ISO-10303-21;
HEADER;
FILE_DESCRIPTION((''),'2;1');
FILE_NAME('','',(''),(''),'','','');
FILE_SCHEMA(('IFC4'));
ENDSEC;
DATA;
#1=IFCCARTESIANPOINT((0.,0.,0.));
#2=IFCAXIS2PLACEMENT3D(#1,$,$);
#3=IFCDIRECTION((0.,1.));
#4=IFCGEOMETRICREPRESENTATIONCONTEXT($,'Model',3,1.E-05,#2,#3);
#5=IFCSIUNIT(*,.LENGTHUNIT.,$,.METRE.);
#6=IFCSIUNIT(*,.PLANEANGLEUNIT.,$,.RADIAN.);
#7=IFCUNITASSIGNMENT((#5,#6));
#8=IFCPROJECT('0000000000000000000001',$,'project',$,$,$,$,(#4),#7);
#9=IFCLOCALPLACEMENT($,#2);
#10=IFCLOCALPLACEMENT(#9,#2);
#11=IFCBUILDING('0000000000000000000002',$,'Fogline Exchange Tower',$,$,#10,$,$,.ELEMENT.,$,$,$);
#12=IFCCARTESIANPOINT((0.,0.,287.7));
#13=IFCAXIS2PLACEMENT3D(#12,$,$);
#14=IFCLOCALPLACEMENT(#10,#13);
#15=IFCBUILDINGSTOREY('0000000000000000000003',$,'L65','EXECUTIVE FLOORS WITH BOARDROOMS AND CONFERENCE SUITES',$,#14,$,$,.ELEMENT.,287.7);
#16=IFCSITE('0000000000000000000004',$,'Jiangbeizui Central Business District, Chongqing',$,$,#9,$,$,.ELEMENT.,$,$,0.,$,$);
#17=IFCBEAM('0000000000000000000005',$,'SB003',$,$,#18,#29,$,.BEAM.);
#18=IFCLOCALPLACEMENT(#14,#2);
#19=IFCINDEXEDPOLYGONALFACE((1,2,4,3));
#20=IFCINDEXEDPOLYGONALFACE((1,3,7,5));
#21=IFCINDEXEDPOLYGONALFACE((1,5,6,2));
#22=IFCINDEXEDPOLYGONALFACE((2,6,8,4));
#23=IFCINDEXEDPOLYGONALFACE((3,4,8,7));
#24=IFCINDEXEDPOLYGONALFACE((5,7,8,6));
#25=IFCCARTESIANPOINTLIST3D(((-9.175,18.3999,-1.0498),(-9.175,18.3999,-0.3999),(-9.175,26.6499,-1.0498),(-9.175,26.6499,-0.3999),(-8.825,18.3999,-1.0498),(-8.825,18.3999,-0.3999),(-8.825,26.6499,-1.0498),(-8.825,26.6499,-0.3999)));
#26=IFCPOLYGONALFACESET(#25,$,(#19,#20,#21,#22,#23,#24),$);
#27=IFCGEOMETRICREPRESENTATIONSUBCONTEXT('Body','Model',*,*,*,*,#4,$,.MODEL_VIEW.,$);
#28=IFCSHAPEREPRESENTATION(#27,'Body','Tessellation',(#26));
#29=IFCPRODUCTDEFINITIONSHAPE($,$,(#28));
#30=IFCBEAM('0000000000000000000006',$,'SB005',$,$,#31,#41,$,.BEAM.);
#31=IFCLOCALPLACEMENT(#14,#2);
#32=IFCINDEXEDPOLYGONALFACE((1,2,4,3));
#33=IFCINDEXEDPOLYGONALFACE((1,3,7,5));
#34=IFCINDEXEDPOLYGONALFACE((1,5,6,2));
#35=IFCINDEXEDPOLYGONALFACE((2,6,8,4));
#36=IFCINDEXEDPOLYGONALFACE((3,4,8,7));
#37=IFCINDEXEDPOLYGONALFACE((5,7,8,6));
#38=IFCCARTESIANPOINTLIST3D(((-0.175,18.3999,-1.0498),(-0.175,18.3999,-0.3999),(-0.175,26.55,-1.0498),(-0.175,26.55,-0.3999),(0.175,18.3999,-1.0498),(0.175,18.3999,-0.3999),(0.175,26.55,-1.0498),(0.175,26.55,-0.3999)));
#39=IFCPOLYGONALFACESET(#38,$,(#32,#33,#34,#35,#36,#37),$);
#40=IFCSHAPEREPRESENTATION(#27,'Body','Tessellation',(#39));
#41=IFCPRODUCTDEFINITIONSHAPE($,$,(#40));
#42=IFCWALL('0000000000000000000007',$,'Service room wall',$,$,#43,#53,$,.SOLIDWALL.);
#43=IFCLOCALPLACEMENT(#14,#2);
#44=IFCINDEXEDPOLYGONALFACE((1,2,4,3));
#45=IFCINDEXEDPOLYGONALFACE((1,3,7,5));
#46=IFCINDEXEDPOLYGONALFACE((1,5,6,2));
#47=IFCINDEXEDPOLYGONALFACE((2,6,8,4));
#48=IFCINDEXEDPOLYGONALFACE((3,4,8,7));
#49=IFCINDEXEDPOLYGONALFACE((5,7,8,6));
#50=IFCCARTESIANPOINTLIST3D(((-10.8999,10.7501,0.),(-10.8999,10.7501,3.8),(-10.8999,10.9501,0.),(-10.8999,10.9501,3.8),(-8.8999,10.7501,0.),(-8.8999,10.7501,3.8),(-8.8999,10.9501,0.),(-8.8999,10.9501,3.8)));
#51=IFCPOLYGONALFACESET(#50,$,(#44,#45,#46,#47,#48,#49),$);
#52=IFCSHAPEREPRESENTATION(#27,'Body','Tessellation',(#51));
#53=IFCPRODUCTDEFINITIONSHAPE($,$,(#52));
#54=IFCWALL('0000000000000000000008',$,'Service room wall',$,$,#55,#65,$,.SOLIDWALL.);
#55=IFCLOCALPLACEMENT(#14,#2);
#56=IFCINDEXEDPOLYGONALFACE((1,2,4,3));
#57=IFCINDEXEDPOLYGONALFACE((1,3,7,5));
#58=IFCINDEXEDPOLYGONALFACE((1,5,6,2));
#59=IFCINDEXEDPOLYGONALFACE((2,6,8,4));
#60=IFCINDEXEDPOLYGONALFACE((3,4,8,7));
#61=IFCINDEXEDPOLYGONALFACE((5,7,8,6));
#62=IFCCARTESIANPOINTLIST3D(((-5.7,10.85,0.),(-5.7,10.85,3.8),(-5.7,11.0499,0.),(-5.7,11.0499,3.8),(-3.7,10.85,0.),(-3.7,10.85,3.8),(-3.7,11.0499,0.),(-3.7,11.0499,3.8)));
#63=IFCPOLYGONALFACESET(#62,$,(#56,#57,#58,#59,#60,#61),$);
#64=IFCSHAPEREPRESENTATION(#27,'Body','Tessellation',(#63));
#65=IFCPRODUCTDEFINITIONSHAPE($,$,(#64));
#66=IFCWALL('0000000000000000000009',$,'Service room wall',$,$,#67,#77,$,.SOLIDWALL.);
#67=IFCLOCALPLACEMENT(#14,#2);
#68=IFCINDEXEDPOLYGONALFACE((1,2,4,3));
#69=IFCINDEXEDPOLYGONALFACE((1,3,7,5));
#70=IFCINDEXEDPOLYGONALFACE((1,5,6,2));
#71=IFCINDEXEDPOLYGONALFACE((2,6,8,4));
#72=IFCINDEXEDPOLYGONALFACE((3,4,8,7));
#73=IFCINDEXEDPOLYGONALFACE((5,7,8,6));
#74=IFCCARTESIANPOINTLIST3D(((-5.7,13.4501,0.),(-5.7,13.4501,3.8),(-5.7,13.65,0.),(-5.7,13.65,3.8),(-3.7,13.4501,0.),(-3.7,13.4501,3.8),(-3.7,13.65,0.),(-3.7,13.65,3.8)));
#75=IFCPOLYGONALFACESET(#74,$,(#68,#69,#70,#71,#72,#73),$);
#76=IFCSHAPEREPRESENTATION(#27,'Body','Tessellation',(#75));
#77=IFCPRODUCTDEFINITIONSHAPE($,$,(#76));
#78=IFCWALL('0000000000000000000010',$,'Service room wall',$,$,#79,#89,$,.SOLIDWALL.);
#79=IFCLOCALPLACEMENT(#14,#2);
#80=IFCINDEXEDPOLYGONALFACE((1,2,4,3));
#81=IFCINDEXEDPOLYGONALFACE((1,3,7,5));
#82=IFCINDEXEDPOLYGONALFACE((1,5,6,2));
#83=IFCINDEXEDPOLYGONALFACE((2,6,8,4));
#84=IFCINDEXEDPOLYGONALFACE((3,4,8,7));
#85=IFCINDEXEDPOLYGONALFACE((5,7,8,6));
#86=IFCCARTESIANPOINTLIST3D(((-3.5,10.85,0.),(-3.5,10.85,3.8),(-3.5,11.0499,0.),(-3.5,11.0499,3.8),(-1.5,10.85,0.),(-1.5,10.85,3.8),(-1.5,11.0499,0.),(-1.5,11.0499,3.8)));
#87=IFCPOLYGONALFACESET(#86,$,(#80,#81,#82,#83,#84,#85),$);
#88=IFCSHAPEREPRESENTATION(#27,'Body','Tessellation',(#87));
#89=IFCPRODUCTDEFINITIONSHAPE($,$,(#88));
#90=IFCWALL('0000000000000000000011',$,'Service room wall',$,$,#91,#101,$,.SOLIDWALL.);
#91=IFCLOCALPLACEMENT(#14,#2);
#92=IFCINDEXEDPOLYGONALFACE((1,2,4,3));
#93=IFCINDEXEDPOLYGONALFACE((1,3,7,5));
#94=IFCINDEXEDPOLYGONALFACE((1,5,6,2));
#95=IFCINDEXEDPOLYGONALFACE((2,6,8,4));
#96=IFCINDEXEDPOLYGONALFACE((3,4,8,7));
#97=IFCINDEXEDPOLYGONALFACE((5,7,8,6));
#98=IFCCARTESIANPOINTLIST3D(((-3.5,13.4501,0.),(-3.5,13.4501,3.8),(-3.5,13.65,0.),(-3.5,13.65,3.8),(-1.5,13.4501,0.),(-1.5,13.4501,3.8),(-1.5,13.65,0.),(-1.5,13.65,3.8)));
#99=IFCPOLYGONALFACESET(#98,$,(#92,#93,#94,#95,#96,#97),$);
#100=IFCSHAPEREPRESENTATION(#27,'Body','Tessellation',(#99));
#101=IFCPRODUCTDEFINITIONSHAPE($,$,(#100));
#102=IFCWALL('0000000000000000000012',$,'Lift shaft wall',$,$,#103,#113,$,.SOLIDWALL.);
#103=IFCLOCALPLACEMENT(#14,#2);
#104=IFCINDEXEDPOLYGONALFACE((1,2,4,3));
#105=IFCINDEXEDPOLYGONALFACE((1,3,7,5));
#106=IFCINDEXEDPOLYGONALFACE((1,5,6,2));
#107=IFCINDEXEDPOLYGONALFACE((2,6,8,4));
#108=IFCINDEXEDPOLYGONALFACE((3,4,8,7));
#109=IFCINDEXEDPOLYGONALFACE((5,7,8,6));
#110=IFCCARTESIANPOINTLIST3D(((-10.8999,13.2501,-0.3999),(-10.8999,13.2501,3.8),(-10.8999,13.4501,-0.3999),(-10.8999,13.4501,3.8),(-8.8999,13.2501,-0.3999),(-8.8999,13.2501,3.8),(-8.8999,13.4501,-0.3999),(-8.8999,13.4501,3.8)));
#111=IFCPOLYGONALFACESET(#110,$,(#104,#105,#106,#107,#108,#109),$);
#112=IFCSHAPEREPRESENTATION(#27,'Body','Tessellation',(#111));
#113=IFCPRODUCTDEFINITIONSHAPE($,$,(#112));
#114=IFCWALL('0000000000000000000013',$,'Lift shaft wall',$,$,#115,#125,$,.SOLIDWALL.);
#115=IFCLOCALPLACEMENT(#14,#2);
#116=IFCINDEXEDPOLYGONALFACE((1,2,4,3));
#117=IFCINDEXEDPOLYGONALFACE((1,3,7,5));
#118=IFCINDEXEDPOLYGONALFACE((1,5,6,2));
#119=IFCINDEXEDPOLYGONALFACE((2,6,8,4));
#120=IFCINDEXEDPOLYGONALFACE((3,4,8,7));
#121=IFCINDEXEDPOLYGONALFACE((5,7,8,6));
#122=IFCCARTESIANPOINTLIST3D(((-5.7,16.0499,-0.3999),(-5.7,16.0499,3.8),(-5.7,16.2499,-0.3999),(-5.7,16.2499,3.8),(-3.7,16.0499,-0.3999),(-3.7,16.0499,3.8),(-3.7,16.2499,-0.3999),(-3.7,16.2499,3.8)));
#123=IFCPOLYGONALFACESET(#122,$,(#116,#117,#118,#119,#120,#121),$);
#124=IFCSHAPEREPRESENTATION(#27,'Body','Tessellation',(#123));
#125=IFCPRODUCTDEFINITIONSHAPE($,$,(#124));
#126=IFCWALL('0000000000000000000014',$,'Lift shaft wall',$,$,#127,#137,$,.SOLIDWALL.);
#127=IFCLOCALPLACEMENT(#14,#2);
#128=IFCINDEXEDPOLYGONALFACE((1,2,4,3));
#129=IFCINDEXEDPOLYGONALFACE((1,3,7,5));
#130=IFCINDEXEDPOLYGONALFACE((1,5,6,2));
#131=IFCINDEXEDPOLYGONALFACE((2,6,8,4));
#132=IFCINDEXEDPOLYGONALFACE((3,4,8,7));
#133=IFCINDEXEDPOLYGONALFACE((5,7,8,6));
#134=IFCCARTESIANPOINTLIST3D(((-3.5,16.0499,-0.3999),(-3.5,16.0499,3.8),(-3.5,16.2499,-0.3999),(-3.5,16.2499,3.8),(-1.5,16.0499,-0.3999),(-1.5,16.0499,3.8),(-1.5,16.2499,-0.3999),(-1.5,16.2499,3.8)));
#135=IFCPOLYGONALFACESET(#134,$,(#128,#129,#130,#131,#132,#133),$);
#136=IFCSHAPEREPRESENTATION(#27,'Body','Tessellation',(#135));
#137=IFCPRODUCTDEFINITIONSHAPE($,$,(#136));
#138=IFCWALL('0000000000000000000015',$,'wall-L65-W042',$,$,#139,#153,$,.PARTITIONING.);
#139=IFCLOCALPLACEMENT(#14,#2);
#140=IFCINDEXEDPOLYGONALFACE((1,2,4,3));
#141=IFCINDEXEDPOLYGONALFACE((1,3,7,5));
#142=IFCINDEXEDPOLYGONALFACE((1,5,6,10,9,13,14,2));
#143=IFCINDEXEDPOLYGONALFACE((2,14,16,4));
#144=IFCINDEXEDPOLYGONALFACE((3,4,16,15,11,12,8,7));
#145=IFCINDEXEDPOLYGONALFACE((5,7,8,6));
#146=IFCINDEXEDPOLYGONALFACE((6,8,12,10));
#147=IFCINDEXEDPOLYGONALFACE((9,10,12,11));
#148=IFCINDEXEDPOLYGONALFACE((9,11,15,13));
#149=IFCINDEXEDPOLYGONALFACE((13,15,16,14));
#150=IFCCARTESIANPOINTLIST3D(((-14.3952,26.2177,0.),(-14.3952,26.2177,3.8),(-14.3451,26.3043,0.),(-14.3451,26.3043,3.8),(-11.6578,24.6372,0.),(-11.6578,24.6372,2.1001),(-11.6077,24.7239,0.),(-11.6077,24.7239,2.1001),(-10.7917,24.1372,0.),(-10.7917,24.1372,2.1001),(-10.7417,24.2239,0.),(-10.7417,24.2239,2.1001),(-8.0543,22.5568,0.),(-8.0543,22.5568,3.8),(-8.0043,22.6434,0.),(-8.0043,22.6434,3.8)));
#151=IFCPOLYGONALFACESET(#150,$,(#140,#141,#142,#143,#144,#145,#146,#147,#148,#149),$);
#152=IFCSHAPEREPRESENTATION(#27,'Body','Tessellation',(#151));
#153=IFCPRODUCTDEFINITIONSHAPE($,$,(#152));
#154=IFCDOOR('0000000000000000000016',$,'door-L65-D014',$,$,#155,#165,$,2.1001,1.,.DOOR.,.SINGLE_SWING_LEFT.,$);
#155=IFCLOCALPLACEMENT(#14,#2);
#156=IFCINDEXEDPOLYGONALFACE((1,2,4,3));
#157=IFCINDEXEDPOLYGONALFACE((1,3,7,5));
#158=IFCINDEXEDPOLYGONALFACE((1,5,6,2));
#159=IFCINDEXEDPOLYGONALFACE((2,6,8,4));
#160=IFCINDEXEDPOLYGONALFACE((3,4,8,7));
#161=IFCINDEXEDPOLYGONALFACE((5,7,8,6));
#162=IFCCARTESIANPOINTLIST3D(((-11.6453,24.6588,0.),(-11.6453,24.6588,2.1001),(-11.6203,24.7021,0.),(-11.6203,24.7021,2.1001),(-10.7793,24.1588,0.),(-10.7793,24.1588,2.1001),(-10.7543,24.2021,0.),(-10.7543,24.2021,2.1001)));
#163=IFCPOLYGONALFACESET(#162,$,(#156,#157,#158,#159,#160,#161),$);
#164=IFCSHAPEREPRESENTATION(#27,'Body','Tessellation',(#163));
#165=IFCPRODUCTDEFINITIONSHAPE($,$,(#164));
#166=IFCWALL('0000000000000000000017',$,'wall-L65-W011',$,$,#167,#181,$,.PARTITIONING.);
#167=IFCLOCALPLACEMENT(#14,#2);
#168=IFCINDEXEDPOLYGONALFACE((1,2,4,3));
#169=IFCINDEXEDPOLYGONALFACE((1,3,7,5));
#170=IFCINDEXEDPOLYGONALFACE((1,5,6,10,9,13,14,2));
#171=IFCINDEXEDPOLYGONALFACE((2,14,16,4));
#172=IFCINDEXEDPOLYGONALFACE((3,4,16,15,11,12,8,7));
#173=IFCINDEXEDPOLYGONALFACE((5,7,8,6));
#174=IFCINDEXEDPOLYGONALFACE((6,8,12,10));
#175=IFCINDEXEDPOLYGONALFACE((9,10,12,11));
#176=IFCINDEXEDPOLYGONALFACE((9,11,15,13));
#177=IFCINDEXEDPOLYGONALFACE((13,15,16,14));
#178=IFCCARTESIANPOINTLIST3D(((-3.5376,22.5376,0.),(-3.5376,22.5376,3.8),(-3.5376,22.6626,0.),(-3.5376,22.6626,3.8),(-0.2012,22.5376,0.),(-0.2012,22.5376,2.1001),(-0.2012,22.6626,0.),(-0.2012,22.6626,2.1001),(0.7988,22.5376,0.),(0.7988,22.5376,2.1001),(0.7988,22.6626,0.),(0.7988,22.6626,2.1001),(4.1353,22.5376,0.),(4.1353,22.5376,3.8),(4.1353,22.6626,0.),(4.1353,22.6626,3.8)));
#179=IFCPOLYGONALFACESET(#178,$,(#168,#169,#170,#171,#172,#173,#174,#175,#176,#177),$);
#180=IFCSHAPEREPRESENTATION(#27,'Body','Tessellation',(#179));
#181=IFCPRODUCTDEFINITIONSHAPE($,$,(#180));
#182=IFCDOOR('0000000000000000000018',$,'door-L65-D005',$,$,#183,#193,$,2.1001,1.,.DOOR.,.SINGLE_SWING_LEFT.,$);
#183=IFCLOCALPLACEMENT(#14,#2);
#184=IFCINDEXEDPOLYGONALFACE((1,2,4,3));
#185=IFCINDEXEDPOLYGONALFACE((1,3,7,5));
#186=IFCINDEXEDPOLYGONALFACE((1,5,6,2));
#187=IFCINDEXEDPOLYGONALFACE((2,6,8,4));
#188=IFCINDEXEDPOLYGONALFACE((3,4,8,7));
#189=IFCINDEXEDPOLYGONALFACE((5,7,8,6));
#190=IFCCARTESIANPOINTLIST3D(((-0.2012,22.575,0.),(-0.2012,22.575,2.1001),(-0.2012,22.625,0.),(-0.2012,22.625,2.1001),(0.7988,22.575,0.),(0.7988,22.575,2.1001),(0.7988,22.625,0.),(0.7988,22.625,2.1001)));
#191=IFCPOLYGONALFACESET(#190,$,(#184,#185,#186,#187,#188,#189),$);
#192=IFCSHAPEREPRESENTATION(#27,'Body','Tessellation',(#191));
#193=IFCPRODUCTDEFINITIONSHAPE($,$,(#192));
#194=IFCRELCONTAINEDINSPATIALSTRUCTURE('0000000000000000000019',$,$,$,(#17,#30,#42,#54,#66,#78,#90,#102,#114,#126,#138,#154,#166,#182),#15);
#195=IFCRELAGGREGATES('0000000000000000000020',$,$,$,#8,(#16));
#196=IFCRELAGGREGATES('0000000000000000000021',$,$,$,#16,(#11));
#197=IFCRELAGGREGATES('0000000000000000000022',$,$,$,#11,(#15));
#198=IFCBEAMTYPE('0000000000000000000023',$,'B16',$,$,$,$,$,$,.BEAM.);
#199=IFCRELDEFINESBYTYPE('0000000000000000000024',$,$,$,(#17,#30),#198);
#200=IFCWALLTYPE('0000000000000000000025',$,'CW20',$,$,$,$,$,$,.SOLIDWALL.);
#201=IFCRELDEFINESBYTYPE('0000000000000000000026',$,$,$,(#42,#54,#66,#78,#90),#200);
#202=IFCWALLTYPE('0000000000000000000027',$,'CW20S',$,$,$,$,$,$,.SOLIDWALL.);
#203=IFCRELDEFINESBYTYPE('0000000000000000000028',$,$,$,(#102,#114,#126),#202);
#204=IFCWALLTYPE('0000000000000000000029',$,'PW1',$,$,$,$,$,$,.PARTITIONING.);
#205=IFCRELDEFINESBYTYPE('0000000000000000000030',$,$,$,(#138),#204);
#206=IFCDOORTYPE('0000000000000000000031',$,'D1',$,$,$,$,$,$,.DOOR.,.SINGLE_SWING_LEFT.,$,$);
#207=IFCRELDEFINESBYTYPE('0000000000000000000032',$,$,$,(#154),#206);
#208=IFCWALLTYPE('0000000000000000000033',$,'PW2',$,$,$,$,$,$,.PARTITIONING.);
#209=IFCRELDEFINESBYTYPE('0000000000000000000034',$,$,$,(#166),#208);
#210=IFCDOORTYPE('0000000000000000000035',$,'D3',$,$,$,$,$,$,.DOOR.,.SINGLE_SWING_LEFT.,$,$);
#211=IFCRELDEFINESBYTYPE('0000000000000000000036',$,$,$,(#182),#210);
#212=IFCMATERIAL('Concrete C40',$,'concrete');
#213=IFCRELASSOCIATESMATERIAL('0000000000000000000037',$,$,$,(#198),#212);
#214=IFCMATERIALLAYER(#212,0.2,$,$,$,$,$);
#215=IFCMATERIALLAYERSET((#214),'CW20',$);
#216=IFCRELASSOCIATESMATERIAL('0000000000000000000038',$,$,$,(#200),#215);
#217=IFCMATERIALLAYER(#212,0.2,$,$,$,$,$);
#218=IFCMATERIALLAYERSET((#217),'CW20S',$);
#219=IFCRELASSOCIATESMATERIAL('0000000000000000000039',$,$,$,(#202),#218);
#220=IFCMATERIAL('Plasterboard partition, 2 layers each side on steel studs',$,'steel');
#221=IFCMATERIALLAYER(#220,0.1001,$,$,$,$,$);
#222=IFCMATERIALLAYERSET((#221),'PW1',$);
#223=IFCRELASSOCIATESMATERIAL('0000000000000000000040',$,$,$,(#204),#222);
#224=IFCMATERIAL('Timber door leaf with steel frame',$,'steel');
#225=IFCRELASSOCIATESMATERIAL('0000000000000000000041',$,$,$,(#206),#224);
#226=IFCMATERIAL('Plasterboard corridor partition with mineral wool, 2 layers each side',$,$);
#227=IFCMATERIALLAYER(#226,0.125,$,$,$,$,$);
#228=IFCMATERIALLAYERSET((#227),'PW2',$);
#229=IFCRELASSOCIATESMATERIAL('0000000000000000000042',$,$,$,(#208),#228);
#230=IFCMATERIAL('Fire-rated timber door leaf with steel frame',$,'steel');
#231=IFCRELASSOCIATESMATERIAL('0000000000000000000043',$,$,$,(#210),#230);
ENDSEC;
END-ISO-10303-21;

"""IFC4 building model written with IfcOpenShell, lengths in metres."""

from ifc_helpers import new_model, si_unit, direction, frame, frame_2d, origin, origin_2d, place, context, subcontext, project, spatial, rectangle, extrude, material, layer, layer_set, material_profile, profile_set, type_object, element, fill, save


model = new_model("IFC4")

# Units and contexts
model_context = context("Model", 3, precision=1e-05, world=origin(), true_north=direction((0.0, 1.0)))
body_context = subcontext(model_context, "Body", "Model", "MODEL_VIEW")
ifc_project = project(units=[si_unit("LENGTHUNIT", "METRE"), si_unit("PLANEANGLEUNIT", "RADIAN")], contexts=[model_context])

# Site, building, storey
site_placement = place(None, origin())
site = spatial("IfcSite", under=ifc_project, at=site_placement, Name="Jiangbeizui Central Business District, Chongqing", CompositionType="ELEMENT", RefElevation=0.0)
building_placement = place(site_placement, origin())
building = spatial("IfcBuilding", under=site, at=building_placement, Name="Fogline Exchange Tower", CompositionType="ELEMENT")
storey_placement = place(building_placement, frame((0.0, 0.0, 287.7)))
storey = spatial("IfcBuildingStorey", under=building, at=storey_placement, Name="L65", Description="EXECUTIVE FLOORS WITH BOARDROOMS AND CONFERENCE SUITES", CompositionType="ELEMENT", Elevation=287.7)

# Beams
ifc_material_1 = material(Name="Concrete C40", Category="concrete")
ifc_material_profile = material_profile(ifc_material_1, rectangle(XDim=0.3501, YDim=0.6499, at=origin_2d()), Name="RC 350x650")
ifc_profile_set = profile_set([ifc_material_profile], Name="Concrete C40")
beam_type = type_object("IfcBeamType", Name="B16", PredefinedType="BEAM", material=ifc_profile_set)
beam_1_placement = place(storey_placement, frame((-9.0, 18.3999, -0.7249), z_axis=(0.0, 1.0, 0.0), x_axis=(-1.0, 0.0, 0.0)))
element("IfcBeam", 1, at=beam_1_placement, inside=storey, type_object=beam_type, Name="SB003", PredefinedType="BEAM", context=body_context, shape_type="SweptSolid", body=[
    extrude(rectangle(XDim=0.3501, YDim=0.6499, at=origin_2d()), origin(), (0.0, 0.0, 1.0), 8.25),
])
beam_2_placement = place(storey_placement, frame((0.0, 18.3999, -0.7249), z_axis=(0.0, 1.0, 0.0), x_axis=(-1.0, 0.0, 0.0)))
element("IfcBeam", 2, at=beam_2_placement, inside=storey, type_object=beam_type, Name="SB005", PredefinedType="BEAM", context=body_context, shape_type="SweptSolid", body=[
    extrude(rectangle(XDim=0.3501, YDim=0.6499, at=origin_2d()), origin(), (0.0, 0.0, 1.0), 8.1501),
])

# Walls
ifc_layer_1 = layer(ifc_material_1, 0.2)
ifc_layer_set_1 = layer_set([ifc_layer_1], Name="CW20")
wall_type_1 = type_object("IfcWallType", Name="CW20", PredefinedType="SOLIDWALL", material=ifc_layer_set_1)
for number, where, z_axis, x_axis, name in (
    (3, (-10.8999, 10.8501, 0.0), (0.0, 0.0, 1.0), (1.0, 0.0, 0.0), "Service room wall"),
    (4, (-5.7, 10.95, 0.0), (0.0, 0.0, 1.0), (1.0, 0.0, 0.0), "Service room wall"),
    (5, (-5.7, 13.55, 0.0), (0.0, 0.0, 1.0), (1.0, 0.0, 0.0), "Service room wall"),
    (6, (-3.5, 10.95, 0.0), (0.0, 0.0, 1.0), (1.0, 0.0, 0.0), "Service room wall"),
    (7, (-3.5, 13.55, 0.0), (0.0, 0.0, 1.0), (1.0, 0.0, 0.0), "Service room wall"),
):
    element("IfcWall", number, at=place(storey_placement, frame(where, z_axis=z_axis, x_axis=x_axis)), inside=storey, type_object=wall_type_1, Name=name, PredefinedType="SOLIDWALL", context=body_context, shape_type="SweptSolid", body=[
        extrude(rectangle(XDim=2.0, YDim=0.2, at=frame_2d((1.0, 0.0))), origin(), (0.0, 0.0, 1.0), 3.8),
    ])
ifc_layer_2 = layer(ifc_material_1, 0.2)
ifc_layer_set_2 = layer_set([ifc_layer_2], Name="CW20S")
wall_type_2 = type_object("IfcWallType", Name="CW20S", PredefinedType="SOLIDWALL", material=ifc_layer_set_2)
for number, where, z_axis, x_axis, name in (
    (8, (-10.8999, 13.3501, -0.3999), (0.0, 0.0, 1.0), (1.0, 0.0, 0.0), "Lift shaft wall"),
    (9, (-5.7, 16.1499, -0.3999), (0.0, 0.0, 1.0), (1.0, 0.0, 0.0), "Lift shaft wall"),
    (10, (-3.5, 16.1499, -0.3999), (0.0, 0.0, 1.0), (1.0, 0.0, 0.0), "Lift shaft wall"),
):
    element("IfcWall", number, at=place(storey_placement, frame(where, z_axis=z_axis, x_axis=x_axis)), inside=storey, type_object=wall_type_2, Name=name, PredefinedType="SOLIDWALL", context=body_context, shape_type="SweptSolid", body=[
        extrude(rectangle(XDim=2.0, YDim=0.2, at=frame_2d((1.0, 0.0))), origin(), (0.0, 0.0, 1.0), 4.2),
    ])

# Walls, openings, doors
ifc_material_2 = material(Name="Plasterboard partition, 2 layers each side on steel studs", Category="steel")
ifc_layer_3 = layer(ifc_material_2, 0.1001)
ifc_layer_set_3 = layer_set([ifc_layer_3], Name="PW1")
wall_type_3 = type_object("IfcWallType", Name="PW1", PredefinedType="PARTITIONING", material=ifc_layer_set_3)
wall_1_placement = place(storey_placement, frame((-8.0293, 22.6001, 0.0), z_axis=(0.0, 0.0, 1.0), x_axis=(-0.866025, 0.500001, 0.0)))
wall_1 = element("IfcWall", 11, at=wall_1_placement, inside=storey, type_object=wall_type_3, Name="wall-L65-W042", PredefinedType="PARTITIONING", context=body_context, shape_type="SweptSolid", body=[
    extrude(rectangle(XDim=7.3218, YDim=0.1001, at=frame_2d((3.6609, 0.0))), origin(), (0.0, 0.0, 1.0), 3.8),
])
opening_1_placement = place(wall_1_placement, frame((3.1609, 0.0, 0.0)))
opening_1 = element("IfcOpeningElement", 12, at=opening_1_placement, cuts=wall_1, PredefinedType="OPENING", context=body_context, shape_type="SweptSolid", body=[
    extrude(rectangle(XDim=1.0, YDim=2.1001, at=frame_2d((0.5, 1.05))), frame((0.0, 0.0601, 0.0), z_axis=(0.0, -1.0, 0.0), x_axis=(1.0, 0.0, 0.0)), (0.0, 0.0, 1.0), 0.1201),
])
ifc_material_3 = material(Name="Timber door leaf with steel frame", Category="steel")
door_type_1 = type_object("IfcDoorType", Name="D1", OperationType="SINGLE_SWING_LEFT", PredefinedType="DOOR", material=ifc_material_3)
door_1_placement = place(opening_1_placement, frame((1.0, 0.0, 0.0), z_axis=(0.0, 0.0, 1.0), x_axis=(-1.0, 0.0, 0.0)))
door_1 = element("IfcDoor", 13, at=door_1_placement, inside=storey, type_object=door_type_1, Name="door-L65-D014", OperationType="SINGLE_SWING_LEFT", OverallHeight=2.1001, OverallWidth=1.0, PredefinedType="DOOR", context=body_context, shape_type="SweptSolid", body=[
    extrude(rectangle(XDim=1.0, YDim=2.1001, at=frame_2d((0.5, 1.05))), frame((0.0, 0.0249, 0.0), z_axis=(0.0, -1.0, 0.0), x_axis=(1.0, 0.0, 0.0)), (0.0, 0.0, 1.0), 0.05),
])
fill(opening_1, door_1)
ifc_material_4 = material(Name="Plasterboard corridor partition with mineral wool, 2 layers each side")
ifc_layer_4 = layer(ifc_material_4, 0.125)
ifc_layer_set_4 = layer_set([ifc_layer_4], Name="PW2")
wall_type_4 = type_object("IfcWallType", Name="PW2", PredefinedType="PARTITIONING", material=ifc_layer_set_4)
wall_2_placement = place(storey_placement, frame((-3.5376, 22.6001, 0.0), z_axis=(0.0, 0.0, 1.0), x_axis=(1.0, 0.0, 0.0)))
wall_2 = element("IfcWall", 14, at=wall_2_placement, inside=storey, type_object=wall_type_4, Name="wall-L65-W011", PredefinedType="PARTITIONING", context=body_context, shape_type="SweptSolid", body=[
    extrude(rectangle(XDim=7.6729, YDim=0.125, at=frame_2d((3.8364, 0.0))), origin(), (0.0, 0.0, 1.0), 3.8),
])
opening_2_placement = place(wall_2_placement, frame((3.3364, 0.0, 0.0)))
opening_2 = element("IfcOpeningElement", 15, at=opening_2_placement, cuts=wall_2, PredefinedType="OPENING", context=body_context, shape_type="SweptSolid", body=[
    extrude(rectangle(XDim=1.0, YDim=2.1001, at=frame_2d((0.5, 1.05))), frame((0.0, 0.0725, 0.0), z_axis=(0.0, -1.0, 0.0), x_axis=(1.0, 0.0, 0.0)), (0.0, 0.0, 1.0), 0.145),
])
ifc_material_5 = material(Name="Fire-rated timber door leaf with steel frame", Category="steel")
door_type_2 = type_object("IfcDoorType", Name="D3", OperationType="SINGLE_SWING_LEFT", PredefinedType="DOOR", material=ifc_material_5)
door_2_placement = place(opening_2_placement, origin())
door_2 = element("IfcDoor", 16, at=door_2_placement, inside=storey, type_object=door_type_2, Name="door-L65-D005", OperationType="SINGLE_SWING_LEFT", OverallHeight=2.1001, OverallWidth=1.0, PredefinedType="DOOR", context=body_context, shape_type="SweptSolid", body=[
    extrude(rectangle(XDim=1.0, YDim=2.1001, at=frame_2d((0.5, 1.05))), frame((0.0, 0.0249, 0.0), z_axis=(0.0, -1.0, 0.0), x_axis=(1.0, 0.0, 0.0)), (0.0, 0.0, 1.0), 0.05),
])
fill(opening_2, door_2)

save(model, "model.ifc")
